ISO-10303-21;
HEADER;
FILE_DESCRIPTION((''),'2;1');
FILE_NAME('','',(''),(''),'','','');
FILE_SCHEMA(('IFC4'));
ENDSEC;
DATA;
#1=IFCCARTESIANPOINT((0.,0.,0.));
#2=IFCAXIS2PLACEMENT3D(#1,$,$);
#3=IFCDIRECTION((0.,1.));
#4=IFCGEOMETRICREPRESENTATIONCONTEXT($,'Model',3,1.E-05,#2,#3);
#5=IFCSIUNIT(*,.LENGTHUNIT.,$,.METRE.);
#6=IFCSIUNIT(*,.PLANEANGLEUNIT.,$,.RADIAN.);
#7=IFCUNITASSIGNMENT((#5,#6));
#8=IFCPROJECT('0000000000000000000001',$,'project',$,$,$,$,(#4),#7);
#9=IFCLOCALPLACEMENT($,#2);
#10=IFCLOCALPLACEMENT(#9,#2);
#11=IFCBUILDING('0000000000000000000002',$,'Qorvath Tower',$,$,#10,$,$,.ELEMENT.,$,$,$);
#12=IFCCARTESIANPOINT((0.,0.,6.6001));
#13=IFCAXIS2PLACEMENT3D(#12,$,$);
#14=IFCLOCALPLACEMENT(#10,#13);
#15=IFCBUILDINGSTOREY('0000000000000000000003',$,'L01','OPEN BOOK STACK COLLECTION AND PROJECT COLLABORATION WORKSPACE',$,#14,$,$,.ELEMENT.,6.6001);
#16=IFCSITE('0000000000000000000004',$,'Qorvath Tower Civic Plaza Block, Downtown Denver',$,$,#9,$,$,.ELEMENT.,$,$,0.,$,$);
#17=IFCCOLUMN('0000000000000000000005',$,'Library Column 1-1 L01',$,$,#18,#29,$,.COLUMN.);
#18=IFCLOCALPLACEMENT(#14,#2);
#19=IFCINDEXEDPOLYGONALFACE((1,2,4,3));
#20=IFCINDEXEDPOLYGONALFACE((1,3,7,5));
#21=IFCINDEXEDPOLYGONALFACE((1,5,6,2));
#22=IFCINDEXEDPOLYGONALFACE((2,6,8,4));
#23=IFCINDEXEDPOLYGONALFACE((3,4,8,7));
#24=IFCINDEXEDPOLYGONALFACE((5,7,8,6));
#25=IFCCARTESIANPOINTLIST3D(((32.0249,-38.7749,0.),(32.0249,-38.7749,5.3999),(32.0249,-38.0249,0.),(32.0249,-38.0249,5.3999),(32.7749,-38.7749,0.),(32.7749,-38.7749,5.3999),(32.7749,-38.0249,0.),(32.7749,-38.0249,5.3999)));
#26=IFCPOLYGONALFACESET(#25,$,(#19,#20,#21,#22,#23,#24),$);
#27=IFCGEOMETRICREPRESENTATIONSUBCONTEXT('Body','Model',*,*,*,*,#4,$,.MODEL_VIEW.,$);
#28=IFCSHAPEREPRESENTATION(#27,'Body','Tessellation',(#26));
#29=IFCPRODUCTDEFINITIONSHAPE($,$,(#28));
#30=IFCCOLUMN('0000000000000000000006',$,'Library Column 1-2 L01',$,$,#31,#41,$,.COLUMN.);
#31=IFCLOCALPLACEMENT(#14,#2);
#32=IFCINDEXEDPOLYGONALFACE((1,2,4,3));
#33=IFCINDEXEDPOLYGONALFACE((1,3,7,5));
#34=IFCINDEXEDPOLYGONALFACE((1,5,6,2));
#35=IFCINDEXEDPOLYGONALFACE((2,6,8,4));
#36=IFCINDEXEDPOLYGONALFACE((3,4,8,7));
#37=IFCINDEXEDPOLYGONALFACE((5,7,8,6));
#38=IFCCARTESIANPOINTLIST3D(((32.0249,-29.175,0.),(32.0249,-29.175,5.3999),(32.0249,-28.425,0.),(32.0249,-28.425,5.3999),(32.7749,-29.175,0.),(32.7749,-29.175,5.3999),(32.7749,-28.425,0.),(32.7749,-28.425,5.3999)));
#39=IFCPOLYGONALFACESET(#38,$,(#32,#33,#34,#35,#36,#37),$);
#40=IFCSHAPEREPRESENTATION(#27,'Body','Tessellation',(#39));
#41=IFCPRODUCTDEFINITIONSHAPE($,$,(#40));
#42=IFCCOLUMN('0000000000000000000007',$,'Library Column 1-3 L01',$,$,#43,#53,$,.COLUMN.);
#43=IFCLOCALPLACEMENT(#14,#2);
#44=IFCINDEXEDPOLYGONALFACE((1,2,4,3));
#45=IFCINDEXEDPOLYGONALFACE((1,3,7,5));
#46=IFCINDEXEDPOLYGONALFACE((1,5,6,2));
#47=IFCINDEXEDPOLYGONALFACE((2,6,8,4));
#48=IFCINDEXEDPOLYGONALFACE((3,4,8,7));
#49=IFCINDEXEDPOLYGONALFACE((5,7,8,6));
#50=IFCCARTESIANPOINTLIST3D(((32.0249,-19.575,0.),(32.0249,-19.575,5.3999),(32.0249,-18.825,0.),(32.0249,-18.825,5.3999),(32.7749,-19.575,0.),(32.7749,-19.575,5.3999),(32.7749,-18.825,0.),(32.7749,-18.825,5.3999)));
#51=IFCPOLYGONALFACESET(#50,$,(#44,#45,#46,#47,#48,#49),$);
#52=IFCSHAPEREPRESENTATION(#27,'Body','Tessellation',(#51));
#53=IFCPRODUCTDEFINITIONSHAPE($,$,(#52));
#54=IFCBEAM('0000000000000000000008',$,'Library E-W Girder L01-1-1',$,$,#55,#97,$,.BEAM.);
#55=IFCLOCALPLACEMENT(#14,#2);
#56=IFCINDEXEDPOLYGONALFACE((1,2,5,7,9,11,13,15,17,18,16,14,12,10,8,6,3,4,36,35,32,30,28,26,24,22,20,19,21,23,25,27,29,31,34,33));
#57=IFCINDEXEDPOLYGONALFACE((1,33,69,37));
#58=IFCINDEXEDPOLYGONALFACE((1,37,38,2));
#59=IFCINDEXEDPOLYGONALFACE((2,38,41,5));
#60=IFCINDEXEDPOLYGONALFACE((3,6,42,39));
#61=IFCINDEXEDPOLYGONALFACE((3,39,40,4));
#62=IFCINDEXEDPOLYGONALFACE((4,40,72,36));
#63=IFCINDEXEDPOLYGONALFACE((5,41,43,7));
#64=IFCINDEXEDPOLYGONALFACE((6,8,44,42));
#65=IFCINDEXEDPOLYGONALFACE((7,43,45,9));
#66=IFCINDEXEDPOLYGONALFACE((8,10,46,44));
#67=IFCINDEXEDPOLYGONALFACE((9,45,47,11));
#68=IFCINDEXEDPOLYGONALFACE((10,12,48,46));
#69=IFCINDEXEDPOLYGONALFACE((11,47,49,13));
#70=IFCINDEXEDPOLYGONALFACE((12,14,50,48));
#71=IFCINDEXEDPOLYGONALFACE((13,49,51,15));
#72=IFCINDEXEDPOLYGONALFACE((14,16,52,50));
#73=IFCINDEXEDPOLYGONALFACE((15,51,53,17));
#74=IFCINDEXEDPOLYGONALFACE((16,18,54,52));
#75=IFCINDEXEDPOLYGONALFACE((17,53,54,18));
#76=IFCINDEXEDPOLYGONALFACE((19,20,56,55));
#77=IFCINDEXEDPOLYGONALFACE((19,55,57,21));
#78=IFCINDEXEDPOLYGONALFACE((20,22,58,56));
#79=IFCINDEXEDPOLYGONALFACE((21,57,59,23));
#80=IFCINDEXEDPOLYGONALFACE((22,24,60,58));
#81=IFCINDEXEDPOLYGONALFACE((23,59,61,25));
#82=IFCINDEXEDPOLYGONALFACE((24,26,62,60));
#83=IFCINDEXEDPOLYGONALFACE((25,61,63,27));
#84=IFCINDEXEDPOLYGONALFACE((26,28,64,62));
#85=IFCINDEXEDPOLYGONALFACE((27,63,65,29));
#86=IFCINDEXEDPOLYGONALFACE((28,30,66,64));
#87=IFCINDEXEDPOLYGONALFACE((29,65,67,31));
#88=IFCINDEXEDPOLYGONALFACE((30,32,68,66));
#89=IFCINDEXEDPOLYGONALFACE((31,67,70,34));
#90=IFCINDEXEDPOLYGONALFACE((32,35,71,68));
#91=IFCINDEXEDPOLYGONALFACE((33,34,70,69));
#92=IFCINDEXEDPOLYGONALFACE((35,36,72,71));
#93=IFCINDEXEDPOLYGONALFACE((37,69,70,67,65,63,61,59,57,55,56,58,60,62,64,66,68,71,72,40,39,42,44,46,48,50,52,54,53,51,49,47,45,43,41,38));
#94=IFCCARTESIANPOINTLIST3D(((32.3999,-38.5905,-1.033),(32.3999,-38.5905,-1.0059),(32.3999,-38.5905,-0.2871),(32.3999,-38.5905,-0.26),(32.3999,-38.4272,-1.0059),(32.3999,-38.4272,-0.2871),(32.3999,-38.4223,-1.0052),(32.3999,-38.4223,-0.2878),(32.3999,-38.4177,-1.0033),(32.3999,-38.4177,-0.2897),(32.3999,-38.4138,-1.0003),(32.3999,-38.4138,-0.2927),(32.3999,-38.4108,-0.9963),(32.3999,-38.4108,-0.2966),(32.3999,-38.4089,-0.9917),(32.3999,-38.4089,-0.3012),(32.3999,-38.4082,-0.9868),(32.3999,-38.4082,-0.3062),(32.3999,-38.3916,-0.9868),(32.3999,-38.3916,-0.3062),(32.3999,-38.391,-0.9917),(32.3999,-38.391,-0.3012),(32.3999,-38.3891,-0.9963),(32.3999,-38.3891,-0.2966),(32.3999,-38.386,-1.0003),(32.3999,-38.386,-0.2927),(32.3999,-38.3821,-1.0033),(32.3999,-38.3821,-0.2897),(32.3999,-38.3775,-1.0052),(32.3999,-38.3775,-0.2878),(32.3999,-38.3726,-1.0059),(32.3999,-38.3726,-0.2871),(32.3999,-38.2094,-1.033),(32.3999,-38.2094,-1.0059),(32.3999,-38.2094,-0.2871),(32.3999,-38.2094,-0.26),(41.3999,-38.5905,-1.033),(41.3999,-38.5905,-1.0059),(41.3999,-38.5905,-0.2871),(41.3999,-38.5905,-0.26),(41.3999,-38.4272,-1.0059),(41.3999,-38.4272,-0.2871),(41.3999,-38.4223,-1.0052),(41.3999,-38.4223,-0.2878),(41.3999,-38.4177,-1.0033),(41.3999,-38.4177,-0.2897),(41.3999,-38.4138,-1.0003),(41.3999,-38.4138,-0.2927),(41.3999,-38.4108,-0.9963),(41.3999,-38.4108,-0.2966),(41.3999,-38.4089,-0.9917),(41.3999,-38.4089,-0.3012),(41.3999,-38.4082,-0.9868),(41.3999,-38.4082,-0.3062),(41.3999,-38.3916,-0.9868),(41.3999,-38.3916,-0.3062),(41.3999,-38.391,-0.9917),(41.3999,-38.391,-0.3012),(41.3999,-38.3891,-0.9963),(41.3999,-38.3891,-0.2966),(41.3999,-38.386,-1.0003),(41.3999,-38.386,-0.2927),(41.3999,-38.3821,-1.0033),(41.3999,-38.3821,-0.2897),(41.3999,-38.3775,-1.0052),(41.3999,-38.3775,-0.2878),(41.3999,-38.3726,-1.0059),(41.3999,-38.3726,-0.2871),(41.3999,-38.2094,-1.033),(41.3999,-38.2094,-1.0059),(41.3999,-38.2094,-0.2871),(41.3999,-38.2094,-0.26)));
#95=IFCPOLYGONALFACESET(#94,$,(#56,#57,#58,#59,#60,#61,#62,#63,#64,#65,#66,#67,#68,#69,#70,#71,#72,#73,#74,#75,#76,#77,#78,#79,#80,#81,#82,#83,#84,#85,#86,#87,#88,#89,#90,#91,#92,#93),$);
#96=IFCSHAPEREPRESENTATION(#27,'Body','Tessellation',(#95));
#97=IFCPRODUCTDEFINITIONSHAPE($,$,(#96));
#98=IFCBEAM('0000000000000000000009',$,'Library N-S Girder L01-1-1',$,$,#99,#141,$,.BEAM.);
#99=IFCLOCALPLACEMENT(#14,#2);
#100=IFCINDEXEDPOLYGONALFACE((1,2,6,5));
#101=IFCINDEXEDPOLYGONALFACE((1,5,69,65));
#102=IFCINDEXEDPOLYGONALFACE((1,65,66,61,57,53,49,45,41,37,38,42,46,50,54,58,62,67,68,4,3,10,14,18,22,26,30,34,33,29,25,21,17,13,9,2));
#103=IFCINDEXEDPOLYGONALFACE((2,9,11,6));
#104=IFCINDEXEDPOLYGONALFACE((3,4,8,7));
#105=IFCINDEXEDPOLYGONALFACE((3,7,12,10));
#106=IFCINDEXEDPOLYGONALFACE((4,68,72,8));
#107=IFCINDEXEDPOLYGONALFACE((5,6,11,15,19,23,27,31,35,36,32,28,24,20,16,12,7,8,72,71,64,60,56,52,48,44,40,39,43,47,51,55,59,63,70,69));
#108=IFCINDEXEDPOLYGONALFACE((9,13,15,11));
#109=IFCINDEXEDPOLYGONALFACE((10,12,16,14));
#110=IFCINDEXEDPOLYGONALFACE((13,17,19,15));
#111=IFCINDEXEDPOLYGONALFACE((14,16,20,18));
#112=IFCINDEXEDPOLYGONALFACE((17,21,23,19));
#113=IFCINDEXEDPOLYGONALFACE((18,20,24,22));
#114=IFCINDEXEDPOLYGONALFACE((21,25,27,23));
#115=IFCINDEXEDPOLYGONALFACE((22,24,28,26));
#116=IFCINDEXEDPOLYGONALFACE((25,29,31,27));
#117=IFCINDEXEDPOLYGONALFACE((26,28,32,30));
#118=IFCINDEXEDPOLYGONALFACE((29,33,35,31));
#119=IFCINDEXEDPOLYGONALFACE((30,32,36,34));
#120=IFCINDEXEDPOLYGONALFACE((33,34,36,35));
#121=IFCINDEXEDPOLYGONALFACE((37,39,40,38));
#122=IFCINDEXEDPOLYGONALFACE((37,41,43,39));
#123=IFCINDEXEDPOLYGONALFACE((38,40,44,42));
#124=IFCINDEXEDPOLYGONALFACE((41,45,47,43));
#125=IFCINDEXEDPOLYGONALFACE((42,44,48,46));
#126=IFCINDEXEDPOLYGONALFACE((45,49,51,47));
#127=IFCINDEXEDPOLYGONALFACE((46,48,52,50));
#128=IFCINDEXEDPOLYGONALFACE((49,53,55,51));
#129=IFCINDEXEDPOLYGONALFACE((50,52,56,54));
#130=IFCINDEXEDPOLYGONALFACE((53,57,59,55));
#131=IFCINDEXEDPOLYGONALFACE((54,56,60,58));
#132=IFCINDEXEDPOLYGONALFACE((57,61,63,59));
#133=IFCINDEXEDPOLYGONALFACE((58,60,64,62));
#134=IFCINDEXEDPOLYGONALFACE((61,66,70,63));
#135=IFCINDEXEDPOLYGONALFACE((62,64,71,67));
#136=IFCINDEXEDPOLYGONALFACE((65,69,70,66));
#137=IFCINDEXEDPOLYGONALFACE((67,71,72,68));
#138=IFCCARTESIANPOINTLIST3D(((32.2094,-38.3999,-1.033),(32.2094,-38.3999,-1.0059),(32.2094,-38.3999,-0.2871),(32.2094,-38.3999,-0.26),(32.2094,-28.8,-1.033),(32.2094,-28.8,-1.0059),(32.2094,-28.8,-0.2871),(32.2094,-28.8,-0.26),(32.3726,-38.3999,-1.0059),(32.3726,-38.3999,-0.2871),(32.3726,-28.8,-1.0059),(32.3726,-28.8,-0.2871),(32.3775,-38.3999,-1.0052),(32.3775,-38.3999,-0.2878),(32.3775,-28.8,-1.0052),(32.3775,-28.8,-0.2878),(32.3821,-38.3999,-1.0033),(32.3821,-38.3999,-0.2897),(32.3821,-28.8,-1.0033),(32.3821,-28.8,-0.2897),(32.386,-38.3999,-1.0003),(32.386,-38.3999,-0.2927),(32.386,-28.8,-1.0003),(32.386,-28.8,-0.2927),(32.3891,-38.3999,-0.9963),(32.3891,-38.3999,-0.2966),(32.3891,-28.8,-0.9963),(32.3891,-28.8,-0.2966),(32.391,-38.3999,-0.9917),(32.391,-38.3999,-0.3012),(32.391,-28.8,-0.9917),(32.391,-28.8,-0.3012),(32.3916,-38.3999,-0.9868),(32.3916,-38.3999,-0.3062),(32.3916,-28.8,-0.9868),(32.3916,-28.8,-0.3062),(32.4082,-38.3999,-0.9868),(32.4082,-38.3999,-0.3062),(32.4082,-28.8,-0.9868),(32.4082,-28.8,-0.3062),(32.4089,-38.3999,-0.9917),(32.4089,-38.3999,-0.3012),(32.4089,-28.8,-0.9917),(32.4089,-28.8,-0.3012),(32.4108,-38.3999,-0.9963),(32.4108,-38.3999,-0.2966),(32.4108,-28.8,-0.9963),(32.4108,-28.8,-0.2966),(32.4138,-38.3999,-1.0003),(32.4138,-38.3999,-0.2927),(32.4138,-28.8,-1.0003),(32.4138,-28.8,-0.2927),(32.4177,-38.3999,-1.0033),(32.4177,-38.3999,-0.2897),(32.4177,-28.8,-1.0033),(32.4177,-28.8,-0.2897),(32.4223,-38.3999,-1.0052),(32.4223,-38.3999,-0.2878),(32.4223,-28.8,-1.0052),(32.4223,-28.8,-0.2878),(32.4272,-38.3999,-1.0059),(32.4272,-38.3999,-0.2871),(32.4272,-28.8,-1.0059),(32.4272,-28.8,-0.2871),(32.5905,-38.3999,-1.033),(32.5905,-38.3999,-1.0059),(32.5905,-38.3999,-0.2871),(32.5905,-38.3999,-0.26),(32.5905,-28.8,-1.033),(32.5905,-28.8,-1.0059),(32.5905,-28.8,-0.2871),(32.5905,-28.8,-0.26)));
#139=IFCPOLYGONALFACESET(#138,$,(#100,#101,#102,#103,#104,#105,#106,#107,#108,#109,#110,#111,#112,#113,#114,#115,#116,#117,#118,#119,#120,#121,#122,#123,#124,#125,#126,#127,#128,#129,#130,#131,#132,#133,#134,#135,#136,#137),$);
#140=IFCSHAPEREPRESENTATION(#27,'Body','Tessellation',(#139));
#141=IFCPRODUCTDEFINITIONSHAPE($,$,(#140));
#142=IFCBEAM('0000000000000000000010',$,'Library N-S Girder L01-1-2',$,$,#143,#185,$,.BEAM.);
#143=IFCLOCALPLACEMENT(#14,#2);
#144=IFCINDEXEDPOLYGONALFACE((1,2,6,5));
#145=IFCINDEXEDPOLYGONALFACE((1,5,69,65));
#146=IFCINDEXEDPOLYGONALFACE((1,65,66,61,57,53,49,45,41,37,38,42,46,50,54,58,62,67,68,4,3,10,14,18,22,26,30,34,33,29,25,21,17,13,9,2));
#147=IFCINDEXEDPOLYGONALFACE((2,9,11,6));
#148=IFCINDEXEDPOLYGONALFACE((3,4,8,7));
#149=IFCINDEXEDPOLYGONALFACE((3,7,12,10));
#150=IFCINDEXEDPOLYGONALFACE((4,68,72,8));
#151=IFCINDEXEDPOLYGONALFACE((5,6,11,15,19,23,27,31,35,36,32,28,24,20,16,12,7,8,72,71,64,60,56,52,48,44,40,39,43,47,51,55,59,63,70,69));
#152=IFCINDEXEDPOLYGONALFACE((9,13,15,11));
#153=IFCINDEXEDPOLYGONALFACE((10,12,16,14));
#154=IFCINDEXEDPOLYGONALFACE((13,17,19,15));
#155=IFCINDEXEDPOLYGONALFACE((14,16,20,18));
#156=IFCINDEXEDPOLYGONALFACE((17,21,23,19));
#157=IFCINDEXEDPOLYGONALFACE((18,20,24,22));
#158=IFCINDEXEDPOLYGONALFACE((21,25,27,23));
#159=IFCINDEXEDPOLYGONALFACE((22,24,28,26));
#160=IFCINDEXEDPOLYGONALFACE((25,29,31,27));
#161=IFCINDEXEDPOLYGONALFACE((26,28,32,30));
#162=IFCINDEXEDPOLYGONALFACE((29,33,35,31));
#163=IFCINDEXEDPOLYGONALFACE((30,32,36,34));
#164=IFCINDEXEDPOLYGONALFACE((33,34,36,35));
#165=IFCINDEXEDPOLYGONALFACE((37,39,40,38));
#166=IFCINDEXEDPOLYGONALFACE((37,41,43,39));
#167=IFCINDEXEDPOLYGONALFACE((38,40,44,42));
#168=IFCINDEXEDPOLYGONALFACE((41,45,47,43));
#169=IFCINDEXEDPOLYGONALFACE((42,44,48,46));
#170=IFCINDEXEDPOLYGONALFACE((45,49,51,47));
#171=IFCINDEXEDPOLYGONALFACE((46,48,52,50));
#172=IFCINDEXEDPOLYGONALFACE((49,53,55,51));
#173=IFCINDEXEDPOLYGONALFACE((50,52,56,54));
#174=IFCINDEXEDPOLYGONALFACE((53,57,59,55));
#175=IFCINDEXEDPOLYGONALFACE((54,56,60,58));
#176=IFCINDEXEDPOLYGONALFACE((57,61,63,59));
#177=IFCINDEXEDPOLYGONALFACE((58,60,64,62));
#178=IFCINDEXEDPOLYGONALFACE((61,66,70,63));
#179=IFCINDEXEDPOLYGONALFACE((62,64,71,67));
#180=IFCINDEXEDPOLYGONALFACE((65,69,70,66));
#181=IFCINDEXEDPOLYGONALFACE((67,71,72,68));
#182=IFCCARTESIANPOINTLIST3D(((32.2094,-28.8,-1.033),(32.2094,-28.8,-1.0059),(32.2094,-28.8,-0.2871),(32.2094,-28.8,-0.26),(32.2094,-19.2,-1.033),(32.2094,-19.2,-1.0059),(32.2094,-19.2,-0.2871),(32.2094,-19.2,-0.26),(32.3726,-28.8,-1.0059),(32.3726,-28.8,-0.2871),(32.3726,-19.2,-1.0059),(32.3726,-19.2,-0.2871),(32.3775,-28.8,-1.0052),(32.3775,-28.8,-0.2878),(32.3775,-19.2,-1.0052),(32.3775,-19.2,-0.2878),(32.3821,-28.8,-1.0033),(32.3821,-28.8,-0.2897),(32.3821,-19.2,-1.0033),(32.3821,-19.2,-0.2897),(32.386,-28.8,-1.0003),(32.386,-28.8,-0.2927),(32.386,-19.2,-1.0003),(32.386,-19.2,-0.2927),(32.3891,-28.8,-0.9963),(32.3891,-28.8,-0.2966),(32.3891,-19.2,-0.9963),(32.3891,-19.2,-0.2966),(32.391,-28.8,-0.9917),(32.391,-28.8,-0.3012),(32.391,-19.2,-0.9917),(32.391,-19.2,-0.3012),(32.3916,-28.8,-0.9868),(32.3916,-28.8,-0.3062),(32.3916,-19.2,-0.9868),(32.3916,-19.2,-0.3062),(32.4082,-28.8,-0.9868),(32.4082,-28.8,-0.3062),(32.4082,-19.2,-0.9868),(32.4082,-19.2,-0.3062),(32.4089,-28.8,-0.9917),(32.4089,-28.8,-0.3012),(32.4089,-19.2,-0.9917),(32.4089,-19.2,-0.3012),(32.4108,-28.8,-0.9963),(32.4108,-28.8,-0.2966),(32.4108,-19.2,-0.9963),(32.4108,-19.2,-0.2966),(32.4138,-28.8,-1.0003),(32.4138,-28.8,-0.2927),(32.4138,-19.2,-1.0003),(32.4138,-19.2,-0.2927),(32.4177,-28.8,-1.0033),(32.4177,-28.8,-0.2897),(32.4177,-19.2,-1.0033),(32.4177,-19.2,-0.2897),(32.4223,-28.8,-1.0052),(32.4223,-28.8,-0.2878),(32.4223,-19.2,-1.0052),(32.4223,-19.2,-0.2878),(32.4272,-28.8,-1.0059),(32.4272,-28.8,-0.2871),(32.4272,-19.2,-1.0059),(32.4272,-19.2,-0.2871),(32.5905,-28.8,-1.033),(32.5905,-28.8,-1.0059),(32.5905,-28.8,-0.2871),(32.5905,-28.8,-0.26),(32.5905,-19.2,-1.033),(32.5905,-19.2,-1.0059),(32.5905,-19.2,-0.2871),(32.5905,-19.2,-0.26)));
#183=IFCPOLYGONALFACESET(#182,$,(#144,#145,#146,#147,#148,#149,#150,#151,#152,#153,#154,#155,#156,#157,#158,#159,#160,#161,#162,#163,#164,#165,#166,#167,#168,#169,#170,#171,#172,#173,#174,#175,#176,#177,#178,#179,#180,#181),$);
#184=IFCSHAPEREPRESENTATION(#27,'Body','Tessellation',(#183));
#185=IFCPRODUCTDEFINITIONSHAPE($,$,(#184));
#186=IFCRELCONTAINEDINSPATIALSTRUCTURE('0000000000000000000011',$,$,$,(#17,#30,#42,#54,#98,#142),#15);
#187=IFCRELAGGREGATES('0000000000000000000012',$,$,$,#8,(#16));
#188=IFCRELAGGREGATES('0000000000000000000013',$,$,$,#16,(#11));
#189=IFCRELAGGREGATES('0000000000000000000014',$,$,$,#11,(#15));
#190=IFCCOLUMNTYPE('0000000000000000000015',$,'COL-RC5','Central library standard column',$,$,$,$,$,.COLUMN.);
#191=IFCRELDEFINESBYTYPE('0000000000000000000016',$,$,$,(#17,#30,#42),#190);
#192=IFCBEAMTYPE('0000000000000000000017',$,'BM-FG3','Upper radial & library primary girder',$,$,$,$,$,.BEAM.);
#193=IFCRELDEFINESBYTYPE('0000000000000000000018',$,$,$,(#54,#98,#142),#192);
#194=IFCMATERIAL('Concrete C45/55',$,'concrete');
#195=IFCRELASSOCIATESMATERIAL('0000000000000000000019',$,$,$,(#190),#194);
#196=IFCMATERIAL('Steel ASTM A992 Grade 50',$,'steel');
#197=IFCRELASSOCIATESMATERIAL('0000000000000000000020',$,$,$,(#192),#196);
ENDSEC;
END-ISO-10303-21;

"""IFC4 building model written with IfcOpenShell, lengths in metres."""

from ifc_helpers import new_model, si_unit, direction, frame, origin, origin_2d, place, context, subcontext, project, spatial, rectangle, i_section, extrude, material, material_profile, profile_set, type_object, element, save


model = new_model("IFC4")

# Units and contexts
model_context = context("Model", 3, precision=1e-05, world=origin(), true_north=direction((0.0, 1.0)))
body_context = subcontext(model_context, "Body", "Model", "MODEL_VIEW")
ifc_project = project(units=[si_unit("LENGTHUNIT", "METRE"), si_unit("PLANEANGLEUNIT", "RADIAN")], contexts=[model_context])

# Site, building, storey
site_placement = place(None, origin())
site = spatial("IfcSite", under=ifc_project, at=site_placement, Name="Qorvath Tower Civic Plaza Block, Downtown Denver", CompositionType="ELEMENT", RefElevation=0.0)
building_placement = place(site_placement, origin())
building = spatial("IfcBuilding", under=site, at=building_placement, Name="Qorvath Tower", CompositionType="ELEMENT")
storey_placement = place(building_placement, frame((0.0, 0.0, 6.6001)))
storey = spatial("IfcBuildingStorey", under=building, at=storey_placement, Name="L01", Description="OPEN BOOK STACK COLLECTION AND PROJECT COLLABORATION WORKSPACE", CompositionType="ELEMENT", Elevation=6.6001)

# Columns
ifc_material_1 = material(Name="Concrete C45/55", Category="concrete")
ifc_material_profile_1 = material_profile(ifc_material_1, rectangle(XDim=0.75, YDim=0.75, at=origin_2d()), Name="RC 750x750")
ifc_profile_set_1 = profile_set([ifc_material_profile_1], Name="Concrete C45/55")
column_type = type_object("IfcColumnType", Name="COL-RC5", Description="Central library standard column", PredefinedType="COLUMN", material=ifc_profile_set_1)
for number, where, z_axis, x_axis, name in (
    (1, (32.3999, -38.3999, 0.0), (0.0, 0.0, 1.0), (1.0, 0.0, 0.0), "Library Column 1-1 L01"),
    (2, (32.3999, -28.8, 0.0), (0.0, 0.0, 1.0), (1.0, 0.0, 0.0), "Library Column 1-2 L01"),
    (3, (32.3999, -19.2, 0.0), (0.0, 0.0, 1.0), (1.0, 0.0, 0.0), "Library Column 1-3 L01"),
):
    element("IfcColumn", number, at=place(storey_placement, frame(where, z_axis=z_axis, x_axis=x_axis)), inside=storey, type_object=column_type, Name=name, PredefinedType="COLUMN", context=body_context, shape_type="SweptSolid", body=[
        extrude(rectangle(XDim=0.75, YDim=0.75, at=origin_2d()), origin(), (0.0, 0.0, 1.0), 5.3999),
    ])

# Beams
ifc_material_2 = material(Name="Steel ASTM A992 Grade 50", Category="steel")
ifc_material_profile_2 = material_profile(ifc_material_2, i_section(OverallWidth=0.3811, OverallDepth=0.7729, WebThickness=0.0166, FlangeThickness=0.0271, FilletRadius=0.019, at=origin_2d()), Name="W30x173")
ifc_profile_set_2 = profile_set([ifc_material_profile_2], Name="Steel ASTM A992 Grade 50")
beam_type_1 = type_object("IfcBeamType", Name="BM-FG3", Description="Upper radial & library primary girder", PredefinedType="BEAM", material=ifc_profile_set_2)
beam_1_placement = place(storey_placement, frame((32.3999, -38.3999, -0.6465), z_axis=(1.0, 0.0, 0.0), x_axis=(0.0, 1.0, 0.0)))
element("IfcBeam", 4, at=beam_1_placement, inside=storey, type_object=beam_type_1, Name="Library E-W Girder L01-1-1", PredefinedType="BEAM", context=body_context, shape_type="SweptSolid", body=[
    extrude(i_section(OverallWidth=0.3811, OverallDepth=0.7729, WebThickness=0.0166, FlangeThickness=0.0271, FilletRadius=0.019, at=origin_2d()), origin(), (0.0, 0.0, 1.0), 9.0),
])
beam_2_placement = place(storey_placement, frame((32.3999, -38.3999, -0.6465), z_axis=(0.0, 1.0, 0.0), x_axis=(-1.0, 0.0, 0.0)))
element("IfcBeam", 5, at=beam_2_placement, inside=storey, type_object=beam_type_1, Name="Library N-S Girder L01-1-1", PredefinedType="BEAM", context=body_context, shape_type="SweptSolid", body=[
    extrude(i_section(OverallWidth=0.3811, OverallDepth=0.7729, WebThickness=0.0166, FlangeThickness=0.0271, FilletRadius=0.019, at=origin_2d()), origin(), (0.0, 0.0, 1.0), 9.5999),
])
beam_3_placement = place(storey_placement, frame((32.3999, -28.8, -0.6465), z_axis=(0.0, 1.0, 0.0), x_axis=(-1.0, 0.0, 0.0)))
element("IfcBeam", 6, at=beam_3_placement, inside=storey, type_object=beam_type_1, Name="Library N-S Girder L01-1-2", PredefinedType="BEAM", context=body_context, shape_type="SweptSolid", body=[
    extrude(i_section(OverallWidth=0.3811, OverallDepth=0.7729, WebThickness=0.0166, FlangeThickness=0.0271, FilletRadius=0.019, at=origin_2d()), origin(), (0.0, 0.0, 1.0), 9.6001),
])

save(model, "model.ifc")
